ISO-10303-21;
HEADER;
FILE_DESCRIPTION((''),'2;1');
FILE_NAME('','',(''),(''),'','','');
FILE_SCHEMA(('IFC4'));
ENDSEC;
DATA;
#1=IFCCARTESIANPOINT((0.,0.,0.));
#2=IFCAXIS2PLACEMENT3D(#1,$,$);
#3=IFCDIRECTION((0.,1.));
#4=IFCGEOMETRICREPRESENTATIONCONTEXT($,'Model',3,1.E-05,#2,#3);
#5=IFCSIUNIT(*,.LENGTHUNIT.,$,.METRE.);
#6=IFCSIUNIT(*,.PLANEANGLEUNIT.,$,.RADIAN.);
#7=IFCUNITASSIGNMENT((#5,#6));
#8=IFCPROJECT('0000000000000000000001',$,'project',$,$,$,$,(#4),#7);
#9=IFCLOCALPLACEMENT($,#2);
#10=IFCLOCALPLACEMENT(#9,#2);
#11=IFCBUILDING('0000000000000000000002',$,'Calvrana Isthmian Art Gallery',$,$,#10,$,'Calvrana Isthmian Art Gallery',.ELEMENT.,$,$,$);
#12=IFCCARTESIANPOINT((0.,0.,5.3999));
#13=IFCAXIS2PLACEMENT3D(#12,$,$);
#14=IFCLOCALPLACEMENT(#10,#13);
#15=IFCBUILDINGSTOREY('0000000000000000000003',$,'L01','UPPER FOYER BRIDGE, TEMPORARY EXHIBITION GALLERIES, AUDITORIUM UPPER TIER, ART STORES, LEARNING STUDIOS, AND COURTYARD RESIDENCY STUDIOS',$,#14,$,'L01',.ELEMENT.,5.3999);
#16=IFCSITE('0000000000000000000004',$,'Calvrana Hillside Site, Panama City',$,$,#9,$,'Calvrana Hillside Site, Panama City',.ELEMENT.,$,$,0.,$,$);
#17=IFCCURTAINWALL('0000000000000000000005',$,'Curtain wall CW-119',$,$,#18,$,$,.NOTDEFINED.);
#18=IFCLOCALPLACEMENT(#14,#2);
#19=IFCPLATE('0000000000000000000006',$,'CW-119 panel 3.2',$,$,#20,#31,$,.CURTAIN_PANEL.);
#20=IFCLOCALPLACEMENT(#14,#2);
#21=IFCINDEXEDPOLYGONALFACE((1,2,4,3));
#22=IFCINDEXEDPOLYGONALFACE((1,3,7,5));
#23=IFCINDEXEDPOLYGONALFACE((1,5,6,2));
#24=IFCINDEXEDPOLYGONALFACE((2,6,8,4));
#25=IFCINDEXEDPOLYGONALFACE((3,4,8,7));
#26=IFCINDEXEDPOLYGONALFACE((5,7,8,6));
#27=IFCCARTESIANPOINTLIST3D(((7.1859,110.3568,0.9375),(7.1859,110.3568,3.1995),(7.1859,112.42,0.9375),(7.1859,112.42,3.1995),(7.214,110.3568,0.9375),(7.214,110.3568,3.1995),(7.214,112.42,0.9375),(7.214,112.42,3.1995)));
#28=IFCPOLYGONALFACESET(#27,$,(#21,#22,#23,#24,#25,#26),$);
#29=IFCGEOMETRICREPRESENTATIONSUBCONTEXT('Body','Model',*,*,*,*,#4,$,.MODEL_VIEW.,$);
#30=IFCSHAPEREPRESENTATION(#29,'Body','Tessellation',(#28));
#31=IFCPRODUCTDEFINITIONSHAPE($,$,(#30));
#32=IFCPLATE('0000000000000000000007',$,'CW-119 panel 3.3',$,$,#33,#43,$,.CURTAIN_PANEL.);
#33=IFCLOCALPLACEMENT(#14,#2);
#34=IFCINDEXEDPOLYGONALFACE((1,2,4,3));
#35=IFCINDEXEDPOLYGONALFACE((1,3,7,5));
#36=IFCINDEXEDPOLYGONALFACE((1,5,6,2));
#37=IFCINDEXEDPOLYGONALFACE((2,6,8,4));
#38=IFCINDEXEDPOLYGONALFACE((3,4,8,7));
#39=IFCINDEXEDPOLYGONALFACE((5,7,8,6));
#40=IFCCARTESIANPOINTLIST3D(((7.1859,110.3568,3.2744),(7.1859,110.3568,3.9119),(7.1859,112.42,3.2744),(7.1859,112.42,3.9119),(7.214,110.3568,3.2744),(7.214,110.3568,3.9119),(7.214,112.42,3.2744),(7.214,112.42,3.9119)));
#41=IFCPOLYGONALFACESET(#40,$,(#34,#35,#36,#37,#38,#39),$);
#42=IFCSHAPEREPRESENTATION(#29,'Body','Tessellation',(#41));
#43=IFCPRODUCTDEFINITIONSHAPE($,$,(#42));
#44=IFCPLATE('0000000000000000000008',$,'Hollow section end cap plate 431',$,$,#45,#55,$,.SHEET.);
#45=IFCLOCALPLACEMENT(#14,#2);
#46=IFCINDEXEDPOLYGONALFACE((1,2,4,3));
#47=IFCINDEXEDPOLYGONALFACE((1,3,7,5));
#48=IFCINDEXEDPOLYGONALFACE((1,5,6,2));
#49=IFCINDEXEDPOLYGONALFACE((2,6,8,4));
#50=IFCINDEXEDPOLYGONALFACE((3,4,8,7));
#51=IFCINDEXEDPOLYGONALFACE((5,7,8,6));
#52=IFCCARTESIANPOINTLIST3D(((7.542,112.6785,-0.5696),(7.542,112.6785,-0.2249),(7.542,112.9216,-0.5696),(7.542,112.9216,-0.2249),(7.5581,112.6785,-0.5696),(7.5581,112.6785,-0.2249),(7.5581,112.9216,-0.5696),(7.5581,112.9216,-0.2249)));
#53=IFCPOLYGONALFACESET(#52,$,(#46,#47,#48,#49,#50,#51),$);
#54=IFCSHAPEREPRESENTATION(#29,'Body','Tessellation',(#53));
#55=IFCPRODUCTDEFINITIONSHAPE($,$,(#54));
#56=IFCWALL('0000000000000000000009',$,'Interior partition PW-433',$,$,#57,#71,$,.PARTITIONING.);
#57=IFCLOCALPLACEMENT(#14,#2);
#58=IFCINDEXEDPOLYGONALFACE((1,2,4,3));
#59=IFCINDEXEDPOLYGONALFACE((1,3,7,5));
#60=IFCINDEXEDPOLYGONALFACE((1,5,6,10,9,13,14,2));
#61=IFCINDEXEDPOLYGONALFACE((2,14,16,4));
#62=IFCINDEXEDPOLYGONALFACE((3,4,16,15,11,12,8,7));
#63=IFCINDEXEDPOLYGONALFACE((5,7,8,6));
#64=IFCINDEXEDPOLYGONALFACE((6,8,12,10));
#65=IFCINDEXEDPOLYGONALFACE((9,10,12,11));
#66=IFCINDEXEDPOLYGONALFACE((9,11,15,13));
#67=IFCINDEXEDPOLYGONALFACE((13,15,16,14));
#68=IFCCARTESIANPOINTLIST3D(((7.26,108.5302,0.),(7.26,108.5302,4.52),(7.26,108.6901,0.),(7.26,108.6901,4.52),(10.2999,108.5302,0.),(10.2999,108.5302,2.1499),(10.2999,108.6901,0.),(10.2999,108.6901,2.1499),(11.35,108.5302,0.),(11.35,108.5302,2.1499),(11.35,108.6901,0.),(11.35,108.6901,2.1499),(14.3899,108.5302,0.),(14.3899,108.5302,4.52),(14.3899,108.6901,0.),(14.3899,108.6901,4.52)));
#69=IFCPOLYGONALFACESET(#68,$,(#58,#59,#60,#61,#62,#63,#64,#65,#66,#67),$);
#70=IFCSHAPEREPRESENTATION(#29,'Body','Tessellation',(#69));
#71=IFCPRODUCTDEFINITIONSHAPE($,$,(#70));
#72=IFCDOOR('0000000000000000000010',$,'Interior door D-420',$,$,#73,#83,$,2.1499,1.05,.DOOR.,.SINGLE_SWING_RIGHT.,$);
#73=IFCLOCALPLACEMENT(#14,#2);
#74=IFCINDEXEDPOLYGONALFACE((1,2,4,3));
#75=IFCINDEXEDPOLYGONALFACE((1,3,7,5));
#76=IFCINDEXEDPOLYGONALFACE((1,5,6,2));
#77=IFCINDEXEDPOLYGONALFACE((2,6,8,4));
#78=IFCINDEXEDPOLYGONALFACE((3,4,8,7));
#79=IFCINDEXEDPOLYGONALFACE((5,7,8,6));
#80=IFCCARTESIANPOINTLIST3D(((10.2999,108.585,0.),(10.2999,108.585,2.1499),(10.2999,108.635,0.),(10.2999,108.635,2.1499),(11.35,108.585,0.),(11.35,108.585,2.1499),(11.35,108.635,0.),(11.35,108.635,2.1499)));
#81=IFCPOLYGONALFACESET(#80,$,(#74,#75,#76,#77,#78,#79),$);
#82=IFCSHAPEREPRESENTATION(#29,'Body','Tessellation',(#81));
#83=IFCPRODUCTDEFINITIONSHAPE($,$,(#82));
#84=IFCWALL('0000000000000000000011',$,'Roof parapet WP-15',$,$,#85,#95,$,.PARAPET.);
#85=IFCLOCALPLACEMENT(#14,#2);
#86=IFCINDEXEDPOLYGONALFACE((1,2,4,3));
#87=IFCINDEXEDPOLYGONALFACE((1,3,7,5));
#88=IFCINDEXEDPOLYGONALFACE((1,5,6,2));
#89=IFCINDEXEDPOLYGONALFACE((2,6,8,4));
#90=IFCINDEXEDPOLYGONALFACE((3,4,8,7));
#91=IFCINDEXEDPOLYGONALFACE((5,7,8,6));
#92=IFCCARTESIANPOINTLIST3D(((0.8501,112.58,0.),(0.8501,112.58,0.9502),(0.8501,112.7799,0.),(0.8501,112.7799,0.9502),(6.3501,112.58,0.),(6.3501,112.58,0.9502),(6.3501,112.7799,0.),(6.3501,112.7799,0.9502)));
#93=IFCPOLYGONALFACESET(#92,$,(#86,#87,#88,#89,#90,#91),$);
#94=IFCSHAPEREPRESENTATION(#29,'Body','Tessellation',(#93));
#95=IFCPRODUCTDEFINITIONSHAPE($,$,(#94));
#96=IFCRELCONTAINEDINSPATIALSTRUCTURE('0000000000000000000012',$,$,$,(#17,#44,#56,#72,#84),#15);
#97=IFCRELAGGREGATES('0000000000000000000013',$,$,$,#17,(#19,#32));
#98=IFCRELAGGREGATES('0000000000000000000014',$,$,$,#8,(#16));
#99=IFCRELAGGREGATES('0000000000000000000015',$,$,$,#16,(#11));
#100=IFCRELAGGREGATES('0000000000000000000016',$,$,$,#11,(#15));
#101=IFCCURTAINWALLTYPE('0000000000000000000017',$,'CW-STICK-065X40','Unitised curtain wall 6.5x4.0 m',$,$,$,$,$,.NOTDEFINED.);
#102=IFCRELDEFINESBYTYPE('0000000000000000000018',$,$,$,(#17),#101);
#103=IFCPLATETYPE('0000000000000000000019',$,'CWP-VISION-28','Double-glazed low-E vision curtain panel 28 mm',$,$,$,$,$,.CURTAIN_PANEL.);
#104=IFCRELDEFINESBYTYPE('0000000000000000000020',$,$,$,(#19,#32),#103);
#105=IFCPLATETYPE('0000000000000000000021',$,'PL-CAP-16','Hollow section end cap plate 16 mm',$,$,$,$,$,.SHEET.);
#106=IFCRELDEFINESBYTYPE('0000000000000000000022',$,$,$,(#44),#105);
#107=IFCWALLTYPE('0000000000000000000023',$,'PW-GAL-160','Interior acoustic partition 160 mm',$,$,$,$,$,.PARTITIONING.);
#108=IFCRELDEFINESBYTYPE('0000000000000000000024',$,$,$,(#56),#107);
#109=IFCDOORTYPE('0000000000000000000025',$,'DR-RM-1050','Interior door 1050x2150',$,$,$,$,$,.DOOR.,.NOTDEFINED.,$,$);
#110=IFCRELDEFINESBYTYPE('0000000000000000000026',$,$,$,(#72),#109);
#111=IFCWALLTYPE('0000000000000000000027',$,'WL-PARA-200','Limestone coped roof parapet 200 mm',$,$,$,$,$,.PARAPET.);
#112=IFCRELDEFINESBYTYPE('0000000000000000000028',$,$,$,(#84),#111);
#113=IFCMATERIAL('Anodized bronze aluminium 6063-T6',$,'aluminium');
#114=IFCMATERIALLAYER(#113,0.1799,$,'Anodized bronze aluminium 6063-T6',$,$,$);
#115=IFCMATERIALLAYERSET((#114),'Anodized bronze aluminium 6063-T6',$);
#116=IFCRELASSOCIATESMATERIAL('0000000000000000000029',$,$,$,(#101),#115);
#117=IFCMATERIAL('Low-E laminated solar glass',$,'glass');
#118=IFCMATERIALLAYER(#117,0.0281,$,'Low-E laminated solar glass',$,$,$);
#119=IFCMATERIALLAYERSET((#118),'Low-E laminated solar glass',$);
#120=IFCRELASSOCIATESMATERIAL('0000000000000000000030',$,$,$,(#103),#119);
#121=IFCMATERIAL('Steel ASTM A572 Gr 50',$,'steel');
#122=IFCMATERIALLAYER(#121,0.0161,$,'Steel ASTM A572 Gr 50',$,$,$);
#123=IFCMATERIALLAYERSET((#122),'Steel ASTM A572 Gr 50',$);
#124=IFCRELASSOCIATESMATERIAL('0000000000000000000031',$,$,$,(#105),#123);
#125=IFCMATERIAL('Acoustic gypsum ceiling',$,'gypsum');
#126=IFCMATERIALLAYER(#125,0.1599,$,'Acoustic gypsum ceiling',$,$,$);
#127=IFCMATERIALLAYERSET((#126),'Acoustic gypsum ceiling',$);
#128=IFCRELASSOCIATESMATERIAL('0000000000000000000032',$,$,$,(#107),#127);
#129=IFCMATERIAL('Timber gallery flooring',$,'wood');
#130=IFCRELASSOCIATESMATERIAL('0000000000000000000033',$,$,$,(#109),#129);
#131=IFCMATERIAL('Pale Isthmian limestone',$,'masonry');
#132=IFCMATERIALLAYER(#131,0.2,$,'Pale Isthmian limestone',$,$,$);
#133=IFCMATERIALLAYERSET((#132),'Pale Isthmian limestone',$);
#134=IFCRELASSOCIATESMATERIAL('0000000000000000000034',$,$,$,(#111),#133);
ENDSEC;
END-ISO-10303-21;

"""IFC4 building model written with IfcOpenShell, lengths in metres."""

from ifc_helpers import new_model, si_unit, direction, frame, frame_2d, origin, origin_2d, place, context, subcontext, project, spatial, rectangle, extrude, material, layer, layer_set, type_object, element, fill, aggregate, save


model = new_model("IFC4")

# Units and contexts
model_context = context("Model", 3, precision=1e-05, world=origin(), true_north=direction((0.0, 1.0)))
body_context = subcontext(model_context, "Body", "Model", "MODEL_VIEW")
ifc_project = project(units=[si_unit("LENGTHUNIT", "METRE"), si_unit("PLANEANGLEUNIT", "RADIAN")], contexts=[model_context])

# Site, building, storey
site_placement = place(None, origin())
site = spatial("IfcSite", under=ifc_project, at=site_placement, Name="Calvrana Hillside Site, Panama City", LongName="Calvrana Hillside Site, Panama City", CompositionType="ELEMENT", RefElevation=0.0)
building_placement = place(site_placement, origin())
building = spatial("IfcBuilding", under=site, at=building_placement, Name="Calvrana Isthmian Art Gallery", LongName="Calvrana Isthmian Art Gallery", CompositionType="ELEMENT")
storey_placement = place(building_placement, frame((0.0, 0.0, 5.3999)))
storey = spatial("IfcBuildingStorey", under=building, at=storey_placement, Name="L01", Description="UPPER FOYER BRIDGE, TEMPORARY EXHIBITION GALLERIES, AUDITORIUM UPPER TIER, ART STORES, LEARNING STUDIOS, AND COURTYARD RESIDENCY STUDIOS", LongName="L01", CompositionType="ELEMENT", Elevation=5.3999)

# Shared definitions
ifc_material_1 = material(Name="Anodized bronze aluminium 6063-T6", Category="aluminium")

# Curtain wall
ifc_layer_1 = layer(ifc_material_1, 0.1799, Name="Anodized bronze aluminium 6063-T6")
ifc_layer_set_1 = layer_set([ifc_layer_1], Name="Anodized bronze aluminium 6063-T6")
curtain_wall_type_1 = type_object("IfcCurtainWallType", Name="CW-STICK-065X40", Description="Unitised curtain wall 6.5x4.0 m", PredefinedType="NOTDEFINED", material=ifc_layer_set_1)
curtain_wall_1_placement = place(storey_placement, origin())
curtain_wall_1 = element("IfcCurtainWall", 1, at=curtain_wall_1_placement, inside=storey, type_object=curtain_wall_type_1, Name="Curtain wall CW-119", PredefinedType="NOTDEFINED")

# Plates
ifc_material_2 = material(Name="Low-E laminated solar glass", Category="glass")
ifc_layer_2 = layer(ifc_material_2, 0.0281, Name="Low-E laminated solar glass")
ifc_layer_set_2 = layer_set([ifc_layer_2], Name="Low-E laminated solar glass")
plate_type_1 = type_object("IfcPlateType", Name="CWP-VISION-28", Description="Double-glazed low-E vision curtain panel 28 mm", PredefinedType="CURTAIN_PANEL", material=ifc_layer_set_2)
plate_1_placement = place(storey_placement, frame((7.2, 111.3884, 0.9375), z_axis=(0.0, 0.0, 1.0), x_axis=(0.0, 1.0, 0.0)))
plate_1 = element("IfcPlate", 2, at=plate_1_placement, type_object=plate_type_1, Name="CW-119 panel 3.2", PredefinedType="CURTAIN_PANEL", context=body_context, shape_type="SweptSolid", body=[
    extrude(rectangle(XDim=2.0632, YDim=0.0281, at=origin_2d()), origin(), (0.0, 0.0, 1.0), 2.262),
])
plate_2_placement = place(storey_placement, frame((7.2, 111.3884, 3.2744), z_axis=(0.0, 0.0, 1.0), x_axis=(0.0, 1.0, 0.0)))
plate_2 = element("IfcPlate", 3, at=plate_2_placement, type_object=plate_type_1, Name="CW-119 panel 3.3", PredefinedType="CURTAIN_PANEL", context=body_context, shape_type="SweptSolid", body=[
    extrude(rectangle(XDim=2.0632, YDim=0.0281, at=origin_2d()), origin(), (0.0, 0.0, 1.0), 0.6375),
])
aggregate(curtain_wall_1, [plate_1, plate_2])
ifc_material_3 = material(Name="Steel ASTM A572 Gr 50", Category="steel")
ifc_layer_3 = layer(ifc_material_3, 0.0161, Name="Steel ASTM A572 Gr 50")
ifc_layer_set_3 = layer_set([ifc_layer_3], Name="Steel ASTM A572 Gr 50")
plate_type_2 = type_object("IfcPlateType", Name="PL-CAP-16", Description="Hollow section end cap plate 16 mm", PredefinedType="SHEET", material=ifc_layer_set_3)
plate_3_placement = place(storey_placement, frame((7.55, 112.8, -0.5696), z_axis=(0.0, 0.0, 1.0), x_axis=(1.0, 0.0, 0.0)))
element("IfcPlate", 4, at=plate_3_placement, inside=storey, type_object=plate_type_2, Name="Hollow section end cap plate 431", PredefinedType="SHEET", context=body_context, shape_type="SweptSolid", body=[
    extrude(rectangle(XDim=0.0161, YDim=0.2432, at=origin_2d()), origin(), (0.0, 0.0, 1.0), 0.3447),
])

# Wall, opening, door
ifc_material_4 = material(Name="Acoustic gypsum ceiling", Category="gypsum")
ifc_layer_4 = layer(ifc_material_4, 0.1599, Name="Acoustic gypsum ceiling")
ifc_layer_set_4 = layer_set([ifc_layer_4], Name="Acoustic gypsum ceiling")
wall_type_1 = type_object("IfcWallType", Name="PW-GAL-160", Description="Interior acoustic partition 160 mm", PredefinedType="PARTITIONING", material=ifc_layer_set_4)
wall_1_placement = place(storey_placement, frame((7.26, 108.6101, 0.0), z_axis=(0.0, 0.0, 1.0), x_axis=(1.0, 0.0, 0.0)))
wall_1 = element("IfcWall", 5, at=wall_1_placement, inside=storey, type_object=wall_type_1, Name="Interior partition PW-433", PredefinedType="PARTITIONING", context=body_context, shape_type="SweptSolid", body=[
    extrude(rectangle(XDim=7.1299, YDim=0.1599, at=frame_2d((3.5649, 0.0))), origin(), (0.0, 0.0, 1.0), 4.52),
])
opening_placement = place(wall_1_placement, frame((3.04, 0.0, 0.0)))
opening = element("IfcOpeningElement", 6, at=opening_placement, cuts=wall_1, PredefinedType="OPENING", context=body_context, shape_type="SweptSolid", body=[
    extrude(rectangle(XDim=1.05, YDim=2.1499, at=frame_2d((0.5249, 1.075))), frame((0.0, 0.0903, 0.0), z_axis=(0.0, -1.0, 0.0), x_axis=(1.0, 0.0, 0.0)), (0.0, 0.0, 1.0), 0.1804),
])
ifc_material_5 = material(Name="Timber gallery flooring", Category="wood")
door_type = type_object("IfcDoorType", Name="DR-RM-1050", Description="Interior door 1050x2150", OperationType="NOTDEFINED", PredefinedType="DOOR", material=ifc_material_5)
door_placement = place(opening_placement, origin())
door = element("IfcDoor", 7, at=door_placement, inside=storey, type_object=door_type, Name="Interior door D-420", OperationType="SINGLE_SWING_RIGHT", OverallHeight=2.1499, OverallWidth=1.05, PredefinedType="DOOR", context=body_context, shape_type="SweptSolid", body=[
    extrude(rectangle(XDim=1.05, YDim=2.1499, at=frame_2d((0.5249, 1.075))), frame((0.0, 0.0249, 0.0), z_axis=(0.0, -1.0, 0.0), x_axis=(1.0, 0.0, 0.0)), (0.0, 0.0, 1.0), 0.05),
])
fill(opening, door)

# Wall
ifc_material_6 = material(Name="Pale Isthmian limestone", Category="masonry")
ifc_layer_5 = layer(ifc_material_6, 0.2, Name="Pale Isthmian limestone")
ifc_layer_set_5 = layer_set([ifc_layer_5], Name="Pale Isthmian limestone")
wall_type_2 = type_object("IfcWallType", Name="WL-PARA-200", Description="Limestone coped roof parapet 200 mm", PredefinedType="PARAPET", material=ifc_layer_set_5)
wall_2_placement = place(storey_placement, frame((0.8501, 112.6799, 0.0), z_axis=(0.0, 0.0, 1.0), x_axis=(1.0, 0.0, 0.0)))
element("IfcWall", 8, at=wall_2_placement, inside=storey, type_object=wall_type_2, Name="Roof parapet WP-15", PredefinedType="PARAPET", context=body_context, shape_type="SweptSolid", body=[
    extrude(rectangle(XDim=5.5, YDim=0.2, at=frame_2d((2.75, 0.0))), origin(), (0.0, 0.0, 1.0), 0.9502),
])

save(model, "model.ifc")
